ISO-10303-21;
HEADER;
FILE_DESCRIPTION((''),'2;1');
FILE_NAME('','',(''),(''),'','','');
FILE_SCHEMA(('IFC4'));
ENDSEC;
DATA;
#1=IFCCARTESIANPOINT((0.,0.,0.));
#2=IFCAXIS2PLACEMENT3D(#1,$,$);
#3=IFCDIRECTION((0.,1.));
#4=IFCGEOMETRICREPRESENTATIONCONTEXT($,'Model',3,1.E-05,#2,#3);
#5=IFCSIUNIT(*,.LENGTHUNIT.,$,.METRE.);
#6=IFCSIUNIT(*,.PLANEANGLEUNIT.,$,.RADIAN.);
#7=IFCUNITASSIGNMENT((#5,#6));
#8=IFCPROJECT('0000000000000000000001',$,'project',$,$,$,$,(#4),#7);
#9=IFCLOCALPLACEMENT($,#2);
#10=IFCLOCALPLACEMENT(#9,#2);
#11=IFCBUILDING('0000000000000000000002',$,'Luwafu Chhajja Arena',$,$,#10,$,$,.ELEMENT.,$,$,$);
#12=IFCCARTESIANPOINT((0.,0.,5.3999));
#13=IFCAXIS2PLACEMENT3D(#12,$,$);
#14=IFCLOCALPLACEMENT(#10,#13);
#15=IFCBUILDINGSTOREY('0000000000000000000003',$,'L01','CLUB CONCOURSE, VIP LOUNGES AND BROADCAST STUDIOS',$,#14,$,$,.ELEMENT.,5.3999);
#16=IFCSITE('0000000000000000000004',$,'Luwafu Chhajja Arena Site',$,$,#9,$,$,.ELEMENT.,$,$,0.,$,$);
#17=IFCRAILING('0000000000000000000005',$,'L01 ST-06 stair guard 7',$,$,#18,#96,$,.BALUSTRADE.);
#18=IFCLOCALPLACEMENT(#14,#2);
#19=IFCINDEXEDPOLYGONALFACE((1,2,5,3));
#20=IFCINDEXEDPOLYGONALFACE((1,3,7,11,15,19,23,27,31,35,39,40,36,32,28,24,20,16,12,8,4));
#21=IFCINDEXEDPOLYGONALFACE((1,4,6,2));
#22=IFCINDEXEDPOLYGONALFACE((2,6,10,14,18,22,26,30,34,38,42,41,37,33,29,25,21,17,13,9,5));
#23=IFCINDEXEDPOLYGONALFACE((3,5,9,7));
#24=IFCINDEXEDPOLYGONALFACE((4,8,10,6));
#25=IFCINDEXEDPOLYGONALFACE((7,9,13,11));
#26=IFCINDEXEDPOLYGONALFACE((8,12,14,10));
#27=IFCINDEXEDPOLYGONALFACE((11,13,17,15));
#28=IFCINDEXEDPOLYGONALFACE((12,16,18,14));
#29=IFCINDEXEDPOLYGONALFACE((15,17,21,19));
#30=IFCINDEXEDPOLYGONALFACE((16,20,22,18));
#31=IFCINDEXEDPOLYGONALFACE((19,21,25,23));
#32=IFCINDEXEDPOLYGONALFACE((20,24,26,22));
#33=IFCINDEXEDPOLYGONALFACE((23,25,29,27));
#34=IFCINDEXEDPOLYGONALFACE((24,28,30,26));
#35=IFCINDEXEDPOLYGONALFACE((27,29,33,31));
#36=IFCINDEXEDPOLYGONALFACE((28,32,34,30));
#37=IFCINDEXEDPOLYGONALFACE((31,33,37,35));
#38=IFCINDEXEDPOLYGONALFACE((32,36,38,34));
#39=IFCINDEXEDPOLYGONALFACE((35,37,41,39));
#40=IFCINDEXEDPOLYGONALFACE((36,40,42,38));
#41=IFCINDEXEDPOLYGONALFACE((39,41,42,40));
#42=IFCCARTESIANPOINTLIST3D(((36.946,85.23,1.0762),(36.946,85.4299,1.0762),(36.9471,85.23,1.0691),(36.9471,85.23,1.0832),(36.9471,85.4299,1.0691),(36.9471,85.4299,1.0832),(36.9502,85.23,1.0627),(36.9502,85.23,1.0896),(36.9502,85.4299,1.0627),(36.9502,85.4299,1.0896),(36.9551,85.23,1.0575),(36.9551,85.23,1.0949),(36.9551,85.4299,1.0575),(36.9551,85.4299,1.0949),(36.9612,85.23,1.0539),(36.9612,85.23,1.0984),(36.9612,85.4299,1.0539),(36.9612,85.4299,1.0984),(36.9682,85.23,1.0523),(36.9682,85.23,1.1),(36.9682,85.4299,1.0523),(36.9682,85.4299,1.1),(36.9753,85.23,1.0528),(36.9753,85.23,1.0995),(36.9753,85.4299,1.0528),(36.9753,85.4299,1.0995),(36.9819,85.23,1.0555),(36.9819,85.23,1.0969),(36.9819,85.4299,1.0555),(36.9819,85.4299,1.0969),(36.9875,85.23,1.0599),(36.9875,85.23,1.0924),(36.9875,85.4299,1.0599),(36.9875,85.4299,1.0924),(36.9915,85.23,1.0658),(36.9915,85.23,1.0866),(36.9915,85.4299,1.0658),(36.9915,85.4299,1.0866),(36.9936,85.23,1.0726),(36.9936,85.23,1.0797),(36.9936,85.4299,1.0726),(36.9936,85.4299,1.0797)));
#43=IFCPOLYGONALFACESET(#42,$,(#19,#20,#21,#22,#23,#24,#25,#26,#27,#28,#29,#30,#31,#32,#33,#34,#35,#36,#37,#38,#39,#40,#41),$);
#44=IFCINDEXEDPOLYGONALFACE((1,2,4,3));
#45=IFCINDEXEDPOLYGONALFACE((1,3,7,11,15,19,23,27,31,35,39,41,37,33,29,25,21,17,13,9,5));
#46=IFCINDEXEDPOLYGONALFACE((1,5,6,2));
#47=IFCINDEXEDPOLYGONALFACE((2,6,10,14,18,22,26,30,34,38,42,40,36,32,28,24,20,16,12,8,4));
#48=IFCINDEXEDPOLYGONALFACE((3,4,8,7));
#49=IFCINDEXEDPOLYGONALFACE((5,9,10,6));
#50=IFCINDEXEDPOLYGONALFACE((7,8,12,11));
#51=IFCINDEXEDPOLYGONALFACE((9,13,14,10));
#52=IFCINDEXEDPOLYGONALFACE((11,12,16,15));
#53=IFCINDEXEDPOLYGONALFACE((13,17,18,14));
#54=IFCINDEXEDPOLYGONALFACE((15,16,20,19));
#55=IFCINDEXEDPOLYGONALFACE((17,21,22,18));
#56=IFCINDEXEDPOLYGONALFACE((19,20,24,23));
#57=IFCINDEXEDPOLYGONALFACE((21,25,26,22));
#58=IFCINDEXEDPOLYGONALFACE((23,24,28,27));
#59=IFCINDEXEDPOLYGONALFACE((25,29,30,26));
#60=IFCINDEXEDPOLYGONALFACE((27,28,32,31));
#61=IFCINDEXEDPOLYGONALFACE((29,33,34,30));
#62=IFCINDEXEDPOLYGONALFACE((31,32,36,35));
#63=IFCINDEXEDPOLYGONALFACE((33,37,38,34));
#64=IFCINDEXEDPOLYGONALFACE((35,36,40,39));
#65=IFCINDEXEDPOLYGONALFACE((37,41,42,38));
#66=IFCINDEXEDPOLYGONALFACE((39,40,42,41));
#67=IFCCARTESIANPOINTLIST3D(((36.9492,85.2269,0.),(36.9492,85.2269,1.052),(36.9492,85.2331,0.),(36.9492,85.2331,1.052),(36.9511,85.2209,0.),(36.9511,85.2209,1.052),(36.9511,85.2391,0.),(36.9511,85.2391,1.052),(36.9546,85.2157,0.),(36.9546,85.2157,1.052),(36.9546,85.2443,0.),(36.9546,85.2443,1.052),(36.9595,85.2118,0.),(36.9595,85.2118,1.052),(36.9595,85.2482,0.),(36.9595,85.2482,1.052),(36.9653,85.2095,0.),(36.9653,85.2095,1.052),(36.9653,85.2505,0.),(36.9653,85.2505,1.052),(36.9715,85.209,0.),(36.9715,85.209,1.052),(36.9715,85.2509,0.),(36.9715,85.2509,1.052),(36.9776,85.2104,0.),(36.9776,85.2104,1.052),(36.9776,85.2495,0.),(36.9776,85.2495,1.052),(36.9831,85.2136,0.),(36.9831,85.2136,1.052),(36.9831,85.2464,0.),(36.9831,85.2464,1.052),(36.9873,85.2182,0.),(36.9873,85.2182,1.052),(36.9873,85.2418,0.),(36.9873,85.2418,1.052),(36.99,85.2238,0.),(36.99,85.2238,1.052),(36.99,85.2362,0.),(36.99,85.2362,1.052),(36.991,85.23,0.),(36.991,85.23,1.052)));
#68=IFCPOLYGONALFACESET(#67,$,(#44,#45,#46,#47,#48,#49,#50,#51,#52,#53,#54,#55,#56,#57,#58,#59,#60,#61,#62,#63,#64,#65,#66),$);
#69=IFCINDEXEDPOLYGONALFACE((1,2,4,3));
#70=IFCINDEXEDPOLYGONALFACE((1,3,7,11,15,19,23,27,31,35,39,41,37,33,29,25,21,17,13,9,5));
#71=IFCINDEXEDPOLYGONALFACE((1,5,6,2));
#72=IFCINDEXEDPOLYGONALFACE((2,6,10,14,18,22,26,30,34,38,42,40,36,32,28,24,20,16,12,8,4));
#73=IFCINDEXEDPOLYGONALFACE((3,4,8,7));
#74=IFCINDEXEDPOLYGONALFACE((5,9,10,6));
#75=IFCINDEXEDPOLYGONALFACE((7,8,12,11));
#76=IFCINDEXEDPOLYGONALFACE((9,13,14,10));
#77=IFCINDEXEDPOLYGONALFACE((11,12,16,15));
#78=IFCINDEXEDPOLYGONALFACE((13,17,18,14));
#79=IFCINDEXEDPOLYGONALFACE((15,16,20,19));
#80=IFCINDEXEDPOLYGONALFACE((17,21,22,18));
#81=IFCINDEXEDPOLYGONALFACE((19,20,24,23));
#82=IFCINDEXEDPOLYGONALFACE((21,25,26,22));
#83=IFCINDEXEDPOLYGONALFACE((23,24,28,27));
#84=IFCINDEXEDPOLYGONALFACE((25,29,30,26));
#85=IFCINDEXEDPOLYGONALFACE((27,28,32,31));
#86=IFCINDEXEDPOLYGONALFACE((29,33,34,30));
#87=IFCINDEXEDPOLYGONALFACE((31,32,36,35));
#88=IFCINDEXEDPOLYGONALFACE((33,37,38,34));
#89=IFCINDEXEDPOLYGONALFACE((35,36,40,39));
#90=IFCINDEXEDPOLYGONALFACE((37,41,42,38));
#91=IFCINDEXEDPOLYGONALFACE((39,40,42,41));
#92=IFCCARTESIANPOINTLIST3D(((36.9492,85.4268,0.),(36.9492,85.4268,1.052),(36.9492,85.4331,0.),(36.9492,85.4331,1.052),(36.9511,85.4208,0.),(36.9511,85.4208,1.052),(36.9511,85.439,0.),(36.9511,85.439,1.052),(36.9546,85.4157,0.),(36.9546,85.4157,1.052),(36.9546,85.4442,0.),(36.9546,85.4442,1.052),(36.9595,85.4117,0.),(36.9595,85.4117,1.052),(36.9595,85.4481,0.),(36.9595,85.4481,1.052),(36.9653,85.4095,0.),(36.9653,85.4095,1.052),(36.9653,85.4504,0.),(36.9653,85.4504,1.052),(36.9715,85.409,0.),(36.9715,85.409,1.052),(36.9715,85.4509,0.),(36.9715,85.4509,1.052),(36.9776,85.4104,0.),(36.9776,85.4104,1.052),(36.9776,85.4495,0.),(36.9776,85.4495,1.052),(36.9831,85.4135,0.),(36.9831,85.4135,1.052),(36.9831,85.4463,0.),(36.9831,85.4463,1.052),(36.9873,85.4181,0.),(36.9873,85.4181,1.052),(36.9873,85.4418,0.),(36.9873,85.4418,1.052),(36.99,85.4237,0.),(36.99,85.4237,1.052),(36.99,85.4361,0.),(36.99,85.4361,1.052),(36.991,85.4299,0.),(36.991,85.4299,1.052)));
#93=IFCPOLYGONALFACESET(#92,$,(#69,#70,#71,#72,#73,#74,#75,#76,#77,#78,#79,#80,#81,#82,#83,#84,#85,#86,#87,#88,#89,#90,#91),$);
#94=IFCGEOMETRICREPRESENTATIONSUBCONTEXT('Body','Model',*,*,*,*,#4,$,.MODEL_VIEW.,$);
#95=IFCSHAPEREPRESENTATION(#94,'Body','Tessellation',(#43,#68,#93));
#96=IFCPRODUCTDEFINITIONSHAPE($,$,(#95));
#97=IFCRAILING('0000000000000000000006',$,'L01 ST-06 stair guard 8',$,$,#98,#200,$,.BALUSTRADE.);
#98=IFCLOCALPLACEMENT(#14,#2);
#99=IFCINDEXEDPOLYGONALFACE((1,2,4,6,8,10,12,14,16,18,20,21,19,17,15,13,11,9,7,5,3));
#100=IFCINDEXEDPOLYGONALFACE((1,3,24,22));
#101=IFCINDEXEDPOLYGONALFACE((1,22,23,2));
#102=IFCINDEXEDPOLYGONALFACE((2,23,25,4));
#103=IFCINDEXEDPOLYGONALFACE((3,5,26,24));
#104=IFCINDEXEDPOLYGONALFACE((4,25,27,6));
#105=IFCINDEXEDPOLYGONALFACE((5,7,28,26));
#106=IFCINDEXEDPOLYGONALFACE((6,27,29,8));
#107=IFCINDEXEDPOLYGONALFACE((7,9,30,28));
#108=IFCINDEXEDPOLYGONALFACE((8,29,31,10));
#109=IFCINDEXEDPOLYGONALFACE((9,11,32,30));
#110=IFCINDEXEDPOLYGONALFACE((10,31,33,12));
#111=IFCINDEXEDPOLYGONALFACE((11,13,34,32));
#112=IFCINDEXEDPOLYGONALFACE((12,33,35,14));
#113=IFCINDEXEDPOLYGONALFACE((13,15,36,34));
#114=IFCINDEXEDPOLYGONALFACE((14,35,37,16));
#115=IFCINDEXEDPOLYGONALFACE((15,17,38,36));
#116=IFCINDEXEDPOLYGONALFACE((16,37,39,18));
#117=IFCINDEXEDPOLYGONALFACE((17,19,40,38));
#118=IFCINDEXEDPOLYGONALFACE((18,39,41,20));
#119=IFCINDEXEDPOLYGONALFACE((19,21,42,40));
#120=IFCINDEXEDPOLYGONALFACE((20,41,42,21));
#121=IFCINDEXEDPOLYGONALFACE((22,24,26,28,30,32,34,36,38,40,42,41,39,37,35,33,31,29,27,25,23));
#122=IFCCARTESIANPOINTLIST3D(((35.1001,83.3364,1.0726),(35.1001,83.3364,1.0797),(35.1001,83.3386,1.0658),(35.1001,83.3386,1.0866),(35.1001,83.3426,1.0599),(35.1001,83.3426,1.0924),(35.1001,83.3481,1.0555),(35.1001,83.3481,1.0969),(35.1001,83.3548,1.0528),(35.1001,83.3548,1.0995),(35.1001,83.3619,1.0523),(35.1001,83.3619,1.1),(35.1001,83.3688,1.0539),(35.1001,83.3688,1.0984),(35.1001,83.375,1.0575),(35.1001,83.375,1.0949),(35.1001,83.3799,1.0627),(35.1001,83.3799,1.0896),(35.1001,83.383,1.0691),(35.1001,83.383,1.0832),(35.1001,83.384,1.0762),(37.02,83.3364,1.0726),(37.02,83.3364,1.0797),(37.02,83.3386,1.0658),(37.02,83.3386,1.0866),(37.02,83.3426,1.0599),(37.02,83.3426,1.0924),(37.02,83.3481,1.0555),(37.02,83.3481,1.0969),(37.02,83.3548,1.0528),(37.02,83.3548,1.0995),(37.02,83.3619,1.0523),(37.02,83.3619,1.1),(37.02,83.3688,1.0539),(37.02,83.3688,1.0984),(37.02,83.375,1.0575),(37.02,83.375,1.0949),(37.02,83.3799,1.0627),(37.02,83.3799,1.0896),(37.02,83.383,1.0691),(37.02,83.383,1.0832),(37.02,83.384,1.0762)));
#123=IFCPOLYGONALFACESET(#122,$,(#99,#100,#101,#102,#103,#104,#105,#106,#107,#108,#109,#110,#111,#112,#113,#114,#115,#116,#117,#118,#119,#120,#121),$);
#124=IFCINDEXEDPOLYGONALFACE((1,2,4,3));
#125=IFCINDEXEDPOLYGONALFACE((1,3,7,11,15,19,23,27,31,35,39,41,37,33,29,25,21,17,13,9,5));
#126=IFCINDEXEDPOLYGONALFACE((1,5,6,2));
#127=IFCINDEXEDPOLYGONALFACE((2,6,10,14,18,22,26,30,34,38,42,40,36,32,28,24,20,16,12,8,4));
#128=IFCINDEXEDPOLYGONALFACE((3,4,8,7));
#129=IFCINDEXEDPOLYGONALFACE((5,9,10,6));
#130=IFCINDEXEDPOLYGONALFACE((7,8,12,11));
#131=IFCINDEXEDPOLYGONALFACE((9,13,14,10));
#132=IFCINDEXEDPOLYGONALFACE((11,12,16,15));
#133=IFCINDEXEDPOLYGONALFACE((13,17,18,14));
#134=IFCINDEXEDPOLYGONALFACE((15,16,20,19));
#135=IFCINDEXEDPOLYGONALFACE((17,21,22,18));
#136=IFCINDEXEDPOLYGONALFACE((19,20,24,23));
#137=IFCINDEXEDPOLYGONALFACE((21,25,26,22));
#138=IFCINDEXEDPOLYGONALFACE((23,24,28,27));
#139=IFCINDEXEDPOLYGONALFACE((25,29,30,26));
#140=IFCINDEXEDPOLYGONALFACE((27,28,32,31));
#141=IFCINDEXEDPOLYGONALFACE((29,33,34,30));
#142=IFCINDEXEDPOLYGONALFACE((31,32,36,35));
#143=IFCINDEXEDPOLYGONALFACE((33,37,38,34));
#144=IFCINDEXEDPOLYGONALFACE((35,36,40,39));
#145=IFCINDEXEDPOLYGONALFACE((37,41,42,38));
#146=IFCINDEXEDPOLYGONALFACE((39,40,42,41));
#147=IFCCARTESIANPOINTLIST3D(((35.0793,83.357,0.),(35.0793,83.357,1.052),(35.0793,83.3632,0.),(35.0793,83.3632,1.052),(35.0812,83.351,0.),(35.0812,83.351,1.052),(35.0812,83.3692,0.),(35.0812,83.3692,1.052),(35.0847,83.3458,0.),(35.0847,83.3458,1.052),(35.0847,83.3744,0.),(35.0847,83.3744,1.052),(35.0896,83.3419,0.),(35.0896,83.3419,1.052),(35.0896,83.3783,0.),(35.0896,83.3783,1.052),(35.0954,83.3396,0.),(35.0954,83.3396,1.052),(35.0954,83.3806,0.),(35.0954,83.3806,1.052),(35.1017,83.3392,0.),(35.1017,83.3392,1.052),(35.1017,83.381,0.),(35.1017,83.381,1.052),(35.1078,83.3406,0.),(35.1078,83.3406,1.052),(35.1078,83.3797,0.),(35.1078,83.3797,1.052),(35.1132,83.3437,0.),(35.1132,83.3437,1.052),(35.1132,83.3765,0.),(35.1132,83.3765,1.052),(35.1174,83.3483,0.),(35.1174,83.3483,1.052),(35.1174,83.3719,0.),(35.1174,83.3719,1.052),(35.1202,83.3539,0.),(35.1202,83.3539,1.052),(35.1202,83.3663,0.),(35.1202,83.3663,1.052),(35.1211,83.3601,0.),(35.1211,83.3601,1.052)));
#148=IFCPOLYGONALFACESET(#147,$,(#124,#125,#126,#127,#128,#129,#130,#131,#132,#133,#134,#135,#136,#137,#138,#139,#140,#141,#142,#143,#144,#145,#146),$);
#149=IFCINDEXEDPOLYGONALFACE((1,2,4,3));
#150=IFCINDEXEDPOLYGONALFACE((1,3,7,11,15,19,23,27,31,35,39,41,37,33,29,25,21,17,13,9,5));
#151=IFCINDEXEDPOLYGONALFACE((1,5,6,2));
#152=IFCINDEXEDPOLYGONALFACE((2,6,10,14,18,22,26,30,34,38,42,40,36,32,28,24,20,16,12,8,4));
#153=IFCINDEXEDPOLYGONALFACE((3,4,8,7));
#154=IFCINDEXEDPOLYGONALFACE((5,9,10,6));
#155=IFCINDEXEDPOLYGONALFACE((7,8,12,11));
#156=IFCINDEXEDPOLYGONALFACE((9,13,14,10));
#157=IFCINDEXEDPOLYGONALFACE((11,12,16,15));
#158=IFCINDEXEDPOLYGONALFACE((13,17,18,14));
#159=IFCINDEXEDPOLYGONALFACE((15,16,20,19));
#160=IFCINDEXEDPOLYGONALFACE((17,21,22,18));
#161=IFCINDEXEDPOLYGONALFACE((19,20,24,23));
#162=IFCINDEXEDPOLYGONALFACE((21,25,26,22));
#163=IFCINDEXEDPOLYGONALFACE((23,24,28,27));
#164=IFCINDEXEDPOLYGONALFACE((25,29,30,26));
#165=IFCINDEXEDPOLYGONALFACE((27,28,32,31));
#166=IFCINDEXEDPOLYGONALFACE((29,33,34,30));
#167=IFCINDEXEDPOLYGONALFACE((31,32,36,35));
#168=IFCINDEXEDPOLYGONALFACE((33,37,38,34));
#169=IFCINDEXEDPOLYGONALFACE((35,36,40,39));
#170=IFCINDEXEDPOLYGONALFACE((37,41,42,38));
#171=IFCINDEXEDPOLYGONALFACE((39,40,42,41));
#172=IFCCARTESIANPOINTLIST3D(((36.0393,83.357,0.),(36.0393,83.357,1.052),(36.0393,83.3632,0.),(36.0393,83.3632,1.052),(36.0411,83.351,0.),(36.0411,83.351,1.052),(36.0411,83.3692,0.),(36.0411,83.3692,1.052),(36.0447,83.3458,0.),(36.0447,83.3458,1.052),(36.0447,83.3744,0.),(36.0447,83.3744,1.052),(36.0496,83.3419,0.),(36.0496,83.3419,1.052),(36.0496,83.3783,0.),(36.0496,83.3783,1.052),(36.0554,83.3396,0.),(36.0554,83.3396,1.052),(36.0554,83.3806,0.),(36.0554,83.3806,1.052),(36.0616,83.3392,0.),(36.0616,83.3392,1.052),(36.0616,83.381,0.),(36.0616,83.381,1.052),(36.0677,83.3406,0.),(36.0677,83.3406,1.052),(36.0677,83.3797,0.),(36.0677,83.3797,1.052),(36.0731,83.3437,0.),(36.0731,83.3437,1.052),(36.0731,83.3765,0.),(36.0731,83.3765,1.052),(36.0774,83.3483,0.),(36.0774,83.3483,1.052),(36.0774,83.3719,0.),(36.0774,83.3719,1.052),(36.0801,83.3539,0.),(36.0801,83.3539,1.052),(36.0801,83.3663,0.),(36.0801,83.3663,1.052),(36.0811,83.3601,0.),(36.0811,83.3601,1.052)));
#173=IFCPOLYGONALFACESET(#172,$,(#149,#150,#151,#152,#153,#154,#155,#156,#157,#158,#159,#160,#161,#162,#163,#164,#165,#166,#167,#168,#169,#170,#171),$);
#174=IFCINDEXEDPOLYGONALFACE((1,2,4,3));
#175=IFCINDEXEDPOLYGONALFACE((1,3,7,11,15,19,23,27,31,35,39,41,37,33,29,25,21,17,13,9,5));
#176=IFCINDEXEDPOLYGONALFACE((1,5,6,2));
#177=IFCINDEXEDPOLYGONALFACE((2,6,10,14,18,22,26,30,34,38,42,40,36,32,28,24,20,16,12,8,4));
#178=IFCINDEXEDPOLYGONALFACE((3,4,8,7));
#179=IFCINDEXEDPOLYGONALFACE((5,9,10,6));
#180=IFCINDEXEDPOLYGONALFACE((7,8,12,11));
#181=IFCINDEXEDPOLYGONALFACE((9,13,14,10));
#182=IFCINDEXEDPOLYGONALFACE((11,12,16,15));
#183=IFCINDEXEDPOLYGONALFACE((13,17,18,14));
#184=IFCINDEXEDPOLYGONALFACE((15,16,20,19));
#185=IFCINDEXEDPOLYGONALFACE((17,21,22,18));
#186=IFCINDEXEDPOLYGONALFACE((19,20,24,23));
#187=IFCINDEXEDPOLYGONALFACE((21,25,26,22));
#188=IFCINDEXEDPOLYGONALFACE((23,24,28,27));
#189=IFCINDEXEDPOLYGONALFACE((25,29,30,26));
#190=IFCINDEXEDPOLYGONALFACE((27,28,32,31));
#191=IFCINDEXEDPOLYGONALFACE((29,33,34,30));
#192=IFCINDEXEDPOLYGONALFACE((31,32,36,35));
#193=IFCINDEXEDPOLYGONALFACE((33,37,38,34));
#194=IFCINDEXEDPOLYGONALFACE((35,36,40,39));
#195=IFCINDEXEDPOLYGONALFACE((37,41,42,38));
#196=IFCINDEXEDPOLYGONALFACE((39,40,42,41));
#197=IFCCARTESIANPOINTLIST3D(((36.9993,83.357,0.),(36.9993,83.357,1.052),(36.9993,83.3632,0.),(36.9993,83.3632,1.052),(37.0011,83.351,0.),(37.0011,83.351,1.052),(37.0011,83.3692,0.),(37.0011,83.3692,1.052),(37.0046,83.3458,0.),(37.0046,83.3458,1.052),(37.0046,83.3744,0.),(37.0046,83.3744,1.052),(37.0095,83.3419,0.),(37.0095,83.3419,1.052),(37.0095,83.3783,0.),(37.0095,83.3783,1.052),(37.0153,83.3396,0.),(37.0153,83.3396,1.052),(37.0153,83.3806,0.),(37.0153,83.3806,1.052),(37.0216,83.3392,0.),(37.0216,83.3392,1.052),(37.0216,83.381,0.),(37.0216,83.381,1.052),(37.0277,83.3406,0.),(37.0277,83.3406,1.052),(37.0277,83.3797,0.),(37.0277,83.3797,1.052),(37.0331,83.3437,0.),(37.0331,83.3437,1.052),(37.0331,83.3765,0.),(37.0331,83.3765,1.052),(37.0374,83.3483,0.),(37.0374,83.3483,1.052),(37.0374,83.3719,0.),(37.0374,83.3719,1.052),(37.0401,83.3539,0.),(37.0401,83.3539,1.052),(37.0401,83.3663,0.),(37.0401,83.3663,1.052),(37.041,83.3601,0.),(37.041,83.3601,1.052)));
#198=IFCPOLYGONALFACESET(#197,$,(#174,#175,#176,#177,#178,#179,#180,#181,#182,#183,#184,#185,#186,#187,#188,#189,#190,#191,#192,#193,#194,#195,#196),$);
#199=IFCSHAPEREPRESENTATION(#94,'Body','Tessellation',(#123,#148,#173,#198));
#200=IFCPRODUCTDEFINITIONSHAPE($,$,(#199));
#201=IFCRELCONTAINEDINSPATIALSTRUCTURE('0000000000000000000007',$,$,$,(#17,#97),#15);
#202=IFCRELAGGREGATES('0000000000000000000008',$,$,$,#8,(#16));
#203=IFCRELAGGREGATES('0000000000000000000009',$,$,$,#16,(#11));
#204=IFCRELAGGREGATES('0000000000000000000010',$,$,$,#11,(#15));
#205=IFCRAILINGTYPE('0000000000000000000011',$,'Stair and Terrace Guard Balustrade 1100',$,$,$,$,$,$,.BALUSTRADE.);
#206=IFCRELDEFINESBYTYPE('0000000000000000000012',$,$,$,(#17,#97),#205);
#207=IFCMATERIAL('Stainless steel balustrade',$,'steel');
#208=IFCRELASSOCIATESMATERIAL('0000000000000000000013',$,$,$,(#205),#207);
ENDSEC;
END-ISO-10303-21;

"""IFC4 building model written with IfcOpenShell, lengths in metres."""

from ifc_helpers import new_model, si_unit, direction, frame, origin, origin_2d, place, context, subcontext, project, spatial, circle, extrude, material, type_object, element, save


model = new_model("IFC4")

# Units and contexts
model_context = context("Model", 3, precision=1e-05, world=origin(), true_north=direction((0.0, 1.0)))
body_context = subcontext(model_context, "Body", "Model", "MODEL_VIEW")
ifc_project = project(units=[si_unit("LENGTHUNIT", "METRE"), si_unit("PLANEANGLEUNIT", "RADIAN")], contexts=[model_context])

# Site, building, storey
site_placement = place(None, origin())
site = spatial("IfcSite", under=ifc_project, at=site_placement, Name="Luwafu Chhajja Arena Site", CompositionType="ELEMENT", RefElevation=0.0)
building_placement = place(site_placement, origin())
building = spatial("IfcBuilding", under=site, at=building_placement, Name="Luwafu Chhajja Arena", CompositionType="ELEMENT")
storey_placement = place(building_placement, frame((0.0, 0.0, 5.3999)))
storey = spatial("IfcBuildingStorey", under=building, at=storey_placement, Name="L01", Description="CLUB CONCOURSE, VIP LOUNGES AND BROADCAST STUDIOS", CompositionType="ELEMENT", Elevation=5.3999)

# Railings
ifc_material_1 = material(Name="Stainless steel balustrade", Category="steel")
railing_type_1 = type_object("IfcRailingType", Name="Stair and Terrace Guard Balustrade 1100", PredefinedType="BALUSTRADE", material=ifc_material_1)
railing_1_placement = place(storey_placement, frame((36.97, 85.23, 0.0)))
element("IfcRailing", 1, at=railing_1_placement, inside=storey, type_object=railing_type_1, Name="L01 ST-06 stair guard 7", PredefinedType="BALUSTRADE", context=body_context, shape_type="SweptSolid", body=[
    extrude(circle(Radius=0.0239, at=origin_2d()), frame((0.0, 0.0, 1.0762), z_axis=(0.0, 1.0, 0.0), x_axis=(-1.0, 0.0, 0.0)), (0.0, 0.0, 1.0), 0.2),
    extrude(circle(Radius=0.021, at=origin_2d()), origin(), (0.0, 0.0, 1.0), 1.052),
    extrude(circle(Radius=0.021, at=origin_2d()), frame((0.0, 0.2, 0.0)), (0.0, 0.0, 1.0), 1.052),
])
for number, where, name in (
    (2, (35.1001, 83.3601, 0.0), "L01 ST-06 stair guard 8"),
):
    element("IfcRailing", number, at=place(storey_placement, frame(where)), inside=storey, type_object=railing_type_1, Name=name, PredefinedType="BALUSTRADE", context=body_context, shape_type="SweptSolid", body=[
        extrude(circle(Radius=0.0239, at=origin_2d()), frame((0.0, 0.0, 1.0762), z_axis=(1.0, 0.0, 0.0), x_axis=(0.0, 1.0, 0.0)), (0.0, 0.0, 1.0), 1.9199),
        extrude(circle(Radius=0.021, at=origin_2d()), origin(), (0.0, 0.0, 1.0), 1.052),
        extrude(circle(Radius=0.021, at=origin_2d()), frame((0.96, 0.0, 0.0)), (0.0, 0.0, 1.0), 1.052),
        extrude(circle(Radius=0.021, at=origin_2d()), frame((1.9199, 0.0, 0.0)), (0.0, 0.0, 1.0), 1.052),
    ])

save(model, "model.ifc")
